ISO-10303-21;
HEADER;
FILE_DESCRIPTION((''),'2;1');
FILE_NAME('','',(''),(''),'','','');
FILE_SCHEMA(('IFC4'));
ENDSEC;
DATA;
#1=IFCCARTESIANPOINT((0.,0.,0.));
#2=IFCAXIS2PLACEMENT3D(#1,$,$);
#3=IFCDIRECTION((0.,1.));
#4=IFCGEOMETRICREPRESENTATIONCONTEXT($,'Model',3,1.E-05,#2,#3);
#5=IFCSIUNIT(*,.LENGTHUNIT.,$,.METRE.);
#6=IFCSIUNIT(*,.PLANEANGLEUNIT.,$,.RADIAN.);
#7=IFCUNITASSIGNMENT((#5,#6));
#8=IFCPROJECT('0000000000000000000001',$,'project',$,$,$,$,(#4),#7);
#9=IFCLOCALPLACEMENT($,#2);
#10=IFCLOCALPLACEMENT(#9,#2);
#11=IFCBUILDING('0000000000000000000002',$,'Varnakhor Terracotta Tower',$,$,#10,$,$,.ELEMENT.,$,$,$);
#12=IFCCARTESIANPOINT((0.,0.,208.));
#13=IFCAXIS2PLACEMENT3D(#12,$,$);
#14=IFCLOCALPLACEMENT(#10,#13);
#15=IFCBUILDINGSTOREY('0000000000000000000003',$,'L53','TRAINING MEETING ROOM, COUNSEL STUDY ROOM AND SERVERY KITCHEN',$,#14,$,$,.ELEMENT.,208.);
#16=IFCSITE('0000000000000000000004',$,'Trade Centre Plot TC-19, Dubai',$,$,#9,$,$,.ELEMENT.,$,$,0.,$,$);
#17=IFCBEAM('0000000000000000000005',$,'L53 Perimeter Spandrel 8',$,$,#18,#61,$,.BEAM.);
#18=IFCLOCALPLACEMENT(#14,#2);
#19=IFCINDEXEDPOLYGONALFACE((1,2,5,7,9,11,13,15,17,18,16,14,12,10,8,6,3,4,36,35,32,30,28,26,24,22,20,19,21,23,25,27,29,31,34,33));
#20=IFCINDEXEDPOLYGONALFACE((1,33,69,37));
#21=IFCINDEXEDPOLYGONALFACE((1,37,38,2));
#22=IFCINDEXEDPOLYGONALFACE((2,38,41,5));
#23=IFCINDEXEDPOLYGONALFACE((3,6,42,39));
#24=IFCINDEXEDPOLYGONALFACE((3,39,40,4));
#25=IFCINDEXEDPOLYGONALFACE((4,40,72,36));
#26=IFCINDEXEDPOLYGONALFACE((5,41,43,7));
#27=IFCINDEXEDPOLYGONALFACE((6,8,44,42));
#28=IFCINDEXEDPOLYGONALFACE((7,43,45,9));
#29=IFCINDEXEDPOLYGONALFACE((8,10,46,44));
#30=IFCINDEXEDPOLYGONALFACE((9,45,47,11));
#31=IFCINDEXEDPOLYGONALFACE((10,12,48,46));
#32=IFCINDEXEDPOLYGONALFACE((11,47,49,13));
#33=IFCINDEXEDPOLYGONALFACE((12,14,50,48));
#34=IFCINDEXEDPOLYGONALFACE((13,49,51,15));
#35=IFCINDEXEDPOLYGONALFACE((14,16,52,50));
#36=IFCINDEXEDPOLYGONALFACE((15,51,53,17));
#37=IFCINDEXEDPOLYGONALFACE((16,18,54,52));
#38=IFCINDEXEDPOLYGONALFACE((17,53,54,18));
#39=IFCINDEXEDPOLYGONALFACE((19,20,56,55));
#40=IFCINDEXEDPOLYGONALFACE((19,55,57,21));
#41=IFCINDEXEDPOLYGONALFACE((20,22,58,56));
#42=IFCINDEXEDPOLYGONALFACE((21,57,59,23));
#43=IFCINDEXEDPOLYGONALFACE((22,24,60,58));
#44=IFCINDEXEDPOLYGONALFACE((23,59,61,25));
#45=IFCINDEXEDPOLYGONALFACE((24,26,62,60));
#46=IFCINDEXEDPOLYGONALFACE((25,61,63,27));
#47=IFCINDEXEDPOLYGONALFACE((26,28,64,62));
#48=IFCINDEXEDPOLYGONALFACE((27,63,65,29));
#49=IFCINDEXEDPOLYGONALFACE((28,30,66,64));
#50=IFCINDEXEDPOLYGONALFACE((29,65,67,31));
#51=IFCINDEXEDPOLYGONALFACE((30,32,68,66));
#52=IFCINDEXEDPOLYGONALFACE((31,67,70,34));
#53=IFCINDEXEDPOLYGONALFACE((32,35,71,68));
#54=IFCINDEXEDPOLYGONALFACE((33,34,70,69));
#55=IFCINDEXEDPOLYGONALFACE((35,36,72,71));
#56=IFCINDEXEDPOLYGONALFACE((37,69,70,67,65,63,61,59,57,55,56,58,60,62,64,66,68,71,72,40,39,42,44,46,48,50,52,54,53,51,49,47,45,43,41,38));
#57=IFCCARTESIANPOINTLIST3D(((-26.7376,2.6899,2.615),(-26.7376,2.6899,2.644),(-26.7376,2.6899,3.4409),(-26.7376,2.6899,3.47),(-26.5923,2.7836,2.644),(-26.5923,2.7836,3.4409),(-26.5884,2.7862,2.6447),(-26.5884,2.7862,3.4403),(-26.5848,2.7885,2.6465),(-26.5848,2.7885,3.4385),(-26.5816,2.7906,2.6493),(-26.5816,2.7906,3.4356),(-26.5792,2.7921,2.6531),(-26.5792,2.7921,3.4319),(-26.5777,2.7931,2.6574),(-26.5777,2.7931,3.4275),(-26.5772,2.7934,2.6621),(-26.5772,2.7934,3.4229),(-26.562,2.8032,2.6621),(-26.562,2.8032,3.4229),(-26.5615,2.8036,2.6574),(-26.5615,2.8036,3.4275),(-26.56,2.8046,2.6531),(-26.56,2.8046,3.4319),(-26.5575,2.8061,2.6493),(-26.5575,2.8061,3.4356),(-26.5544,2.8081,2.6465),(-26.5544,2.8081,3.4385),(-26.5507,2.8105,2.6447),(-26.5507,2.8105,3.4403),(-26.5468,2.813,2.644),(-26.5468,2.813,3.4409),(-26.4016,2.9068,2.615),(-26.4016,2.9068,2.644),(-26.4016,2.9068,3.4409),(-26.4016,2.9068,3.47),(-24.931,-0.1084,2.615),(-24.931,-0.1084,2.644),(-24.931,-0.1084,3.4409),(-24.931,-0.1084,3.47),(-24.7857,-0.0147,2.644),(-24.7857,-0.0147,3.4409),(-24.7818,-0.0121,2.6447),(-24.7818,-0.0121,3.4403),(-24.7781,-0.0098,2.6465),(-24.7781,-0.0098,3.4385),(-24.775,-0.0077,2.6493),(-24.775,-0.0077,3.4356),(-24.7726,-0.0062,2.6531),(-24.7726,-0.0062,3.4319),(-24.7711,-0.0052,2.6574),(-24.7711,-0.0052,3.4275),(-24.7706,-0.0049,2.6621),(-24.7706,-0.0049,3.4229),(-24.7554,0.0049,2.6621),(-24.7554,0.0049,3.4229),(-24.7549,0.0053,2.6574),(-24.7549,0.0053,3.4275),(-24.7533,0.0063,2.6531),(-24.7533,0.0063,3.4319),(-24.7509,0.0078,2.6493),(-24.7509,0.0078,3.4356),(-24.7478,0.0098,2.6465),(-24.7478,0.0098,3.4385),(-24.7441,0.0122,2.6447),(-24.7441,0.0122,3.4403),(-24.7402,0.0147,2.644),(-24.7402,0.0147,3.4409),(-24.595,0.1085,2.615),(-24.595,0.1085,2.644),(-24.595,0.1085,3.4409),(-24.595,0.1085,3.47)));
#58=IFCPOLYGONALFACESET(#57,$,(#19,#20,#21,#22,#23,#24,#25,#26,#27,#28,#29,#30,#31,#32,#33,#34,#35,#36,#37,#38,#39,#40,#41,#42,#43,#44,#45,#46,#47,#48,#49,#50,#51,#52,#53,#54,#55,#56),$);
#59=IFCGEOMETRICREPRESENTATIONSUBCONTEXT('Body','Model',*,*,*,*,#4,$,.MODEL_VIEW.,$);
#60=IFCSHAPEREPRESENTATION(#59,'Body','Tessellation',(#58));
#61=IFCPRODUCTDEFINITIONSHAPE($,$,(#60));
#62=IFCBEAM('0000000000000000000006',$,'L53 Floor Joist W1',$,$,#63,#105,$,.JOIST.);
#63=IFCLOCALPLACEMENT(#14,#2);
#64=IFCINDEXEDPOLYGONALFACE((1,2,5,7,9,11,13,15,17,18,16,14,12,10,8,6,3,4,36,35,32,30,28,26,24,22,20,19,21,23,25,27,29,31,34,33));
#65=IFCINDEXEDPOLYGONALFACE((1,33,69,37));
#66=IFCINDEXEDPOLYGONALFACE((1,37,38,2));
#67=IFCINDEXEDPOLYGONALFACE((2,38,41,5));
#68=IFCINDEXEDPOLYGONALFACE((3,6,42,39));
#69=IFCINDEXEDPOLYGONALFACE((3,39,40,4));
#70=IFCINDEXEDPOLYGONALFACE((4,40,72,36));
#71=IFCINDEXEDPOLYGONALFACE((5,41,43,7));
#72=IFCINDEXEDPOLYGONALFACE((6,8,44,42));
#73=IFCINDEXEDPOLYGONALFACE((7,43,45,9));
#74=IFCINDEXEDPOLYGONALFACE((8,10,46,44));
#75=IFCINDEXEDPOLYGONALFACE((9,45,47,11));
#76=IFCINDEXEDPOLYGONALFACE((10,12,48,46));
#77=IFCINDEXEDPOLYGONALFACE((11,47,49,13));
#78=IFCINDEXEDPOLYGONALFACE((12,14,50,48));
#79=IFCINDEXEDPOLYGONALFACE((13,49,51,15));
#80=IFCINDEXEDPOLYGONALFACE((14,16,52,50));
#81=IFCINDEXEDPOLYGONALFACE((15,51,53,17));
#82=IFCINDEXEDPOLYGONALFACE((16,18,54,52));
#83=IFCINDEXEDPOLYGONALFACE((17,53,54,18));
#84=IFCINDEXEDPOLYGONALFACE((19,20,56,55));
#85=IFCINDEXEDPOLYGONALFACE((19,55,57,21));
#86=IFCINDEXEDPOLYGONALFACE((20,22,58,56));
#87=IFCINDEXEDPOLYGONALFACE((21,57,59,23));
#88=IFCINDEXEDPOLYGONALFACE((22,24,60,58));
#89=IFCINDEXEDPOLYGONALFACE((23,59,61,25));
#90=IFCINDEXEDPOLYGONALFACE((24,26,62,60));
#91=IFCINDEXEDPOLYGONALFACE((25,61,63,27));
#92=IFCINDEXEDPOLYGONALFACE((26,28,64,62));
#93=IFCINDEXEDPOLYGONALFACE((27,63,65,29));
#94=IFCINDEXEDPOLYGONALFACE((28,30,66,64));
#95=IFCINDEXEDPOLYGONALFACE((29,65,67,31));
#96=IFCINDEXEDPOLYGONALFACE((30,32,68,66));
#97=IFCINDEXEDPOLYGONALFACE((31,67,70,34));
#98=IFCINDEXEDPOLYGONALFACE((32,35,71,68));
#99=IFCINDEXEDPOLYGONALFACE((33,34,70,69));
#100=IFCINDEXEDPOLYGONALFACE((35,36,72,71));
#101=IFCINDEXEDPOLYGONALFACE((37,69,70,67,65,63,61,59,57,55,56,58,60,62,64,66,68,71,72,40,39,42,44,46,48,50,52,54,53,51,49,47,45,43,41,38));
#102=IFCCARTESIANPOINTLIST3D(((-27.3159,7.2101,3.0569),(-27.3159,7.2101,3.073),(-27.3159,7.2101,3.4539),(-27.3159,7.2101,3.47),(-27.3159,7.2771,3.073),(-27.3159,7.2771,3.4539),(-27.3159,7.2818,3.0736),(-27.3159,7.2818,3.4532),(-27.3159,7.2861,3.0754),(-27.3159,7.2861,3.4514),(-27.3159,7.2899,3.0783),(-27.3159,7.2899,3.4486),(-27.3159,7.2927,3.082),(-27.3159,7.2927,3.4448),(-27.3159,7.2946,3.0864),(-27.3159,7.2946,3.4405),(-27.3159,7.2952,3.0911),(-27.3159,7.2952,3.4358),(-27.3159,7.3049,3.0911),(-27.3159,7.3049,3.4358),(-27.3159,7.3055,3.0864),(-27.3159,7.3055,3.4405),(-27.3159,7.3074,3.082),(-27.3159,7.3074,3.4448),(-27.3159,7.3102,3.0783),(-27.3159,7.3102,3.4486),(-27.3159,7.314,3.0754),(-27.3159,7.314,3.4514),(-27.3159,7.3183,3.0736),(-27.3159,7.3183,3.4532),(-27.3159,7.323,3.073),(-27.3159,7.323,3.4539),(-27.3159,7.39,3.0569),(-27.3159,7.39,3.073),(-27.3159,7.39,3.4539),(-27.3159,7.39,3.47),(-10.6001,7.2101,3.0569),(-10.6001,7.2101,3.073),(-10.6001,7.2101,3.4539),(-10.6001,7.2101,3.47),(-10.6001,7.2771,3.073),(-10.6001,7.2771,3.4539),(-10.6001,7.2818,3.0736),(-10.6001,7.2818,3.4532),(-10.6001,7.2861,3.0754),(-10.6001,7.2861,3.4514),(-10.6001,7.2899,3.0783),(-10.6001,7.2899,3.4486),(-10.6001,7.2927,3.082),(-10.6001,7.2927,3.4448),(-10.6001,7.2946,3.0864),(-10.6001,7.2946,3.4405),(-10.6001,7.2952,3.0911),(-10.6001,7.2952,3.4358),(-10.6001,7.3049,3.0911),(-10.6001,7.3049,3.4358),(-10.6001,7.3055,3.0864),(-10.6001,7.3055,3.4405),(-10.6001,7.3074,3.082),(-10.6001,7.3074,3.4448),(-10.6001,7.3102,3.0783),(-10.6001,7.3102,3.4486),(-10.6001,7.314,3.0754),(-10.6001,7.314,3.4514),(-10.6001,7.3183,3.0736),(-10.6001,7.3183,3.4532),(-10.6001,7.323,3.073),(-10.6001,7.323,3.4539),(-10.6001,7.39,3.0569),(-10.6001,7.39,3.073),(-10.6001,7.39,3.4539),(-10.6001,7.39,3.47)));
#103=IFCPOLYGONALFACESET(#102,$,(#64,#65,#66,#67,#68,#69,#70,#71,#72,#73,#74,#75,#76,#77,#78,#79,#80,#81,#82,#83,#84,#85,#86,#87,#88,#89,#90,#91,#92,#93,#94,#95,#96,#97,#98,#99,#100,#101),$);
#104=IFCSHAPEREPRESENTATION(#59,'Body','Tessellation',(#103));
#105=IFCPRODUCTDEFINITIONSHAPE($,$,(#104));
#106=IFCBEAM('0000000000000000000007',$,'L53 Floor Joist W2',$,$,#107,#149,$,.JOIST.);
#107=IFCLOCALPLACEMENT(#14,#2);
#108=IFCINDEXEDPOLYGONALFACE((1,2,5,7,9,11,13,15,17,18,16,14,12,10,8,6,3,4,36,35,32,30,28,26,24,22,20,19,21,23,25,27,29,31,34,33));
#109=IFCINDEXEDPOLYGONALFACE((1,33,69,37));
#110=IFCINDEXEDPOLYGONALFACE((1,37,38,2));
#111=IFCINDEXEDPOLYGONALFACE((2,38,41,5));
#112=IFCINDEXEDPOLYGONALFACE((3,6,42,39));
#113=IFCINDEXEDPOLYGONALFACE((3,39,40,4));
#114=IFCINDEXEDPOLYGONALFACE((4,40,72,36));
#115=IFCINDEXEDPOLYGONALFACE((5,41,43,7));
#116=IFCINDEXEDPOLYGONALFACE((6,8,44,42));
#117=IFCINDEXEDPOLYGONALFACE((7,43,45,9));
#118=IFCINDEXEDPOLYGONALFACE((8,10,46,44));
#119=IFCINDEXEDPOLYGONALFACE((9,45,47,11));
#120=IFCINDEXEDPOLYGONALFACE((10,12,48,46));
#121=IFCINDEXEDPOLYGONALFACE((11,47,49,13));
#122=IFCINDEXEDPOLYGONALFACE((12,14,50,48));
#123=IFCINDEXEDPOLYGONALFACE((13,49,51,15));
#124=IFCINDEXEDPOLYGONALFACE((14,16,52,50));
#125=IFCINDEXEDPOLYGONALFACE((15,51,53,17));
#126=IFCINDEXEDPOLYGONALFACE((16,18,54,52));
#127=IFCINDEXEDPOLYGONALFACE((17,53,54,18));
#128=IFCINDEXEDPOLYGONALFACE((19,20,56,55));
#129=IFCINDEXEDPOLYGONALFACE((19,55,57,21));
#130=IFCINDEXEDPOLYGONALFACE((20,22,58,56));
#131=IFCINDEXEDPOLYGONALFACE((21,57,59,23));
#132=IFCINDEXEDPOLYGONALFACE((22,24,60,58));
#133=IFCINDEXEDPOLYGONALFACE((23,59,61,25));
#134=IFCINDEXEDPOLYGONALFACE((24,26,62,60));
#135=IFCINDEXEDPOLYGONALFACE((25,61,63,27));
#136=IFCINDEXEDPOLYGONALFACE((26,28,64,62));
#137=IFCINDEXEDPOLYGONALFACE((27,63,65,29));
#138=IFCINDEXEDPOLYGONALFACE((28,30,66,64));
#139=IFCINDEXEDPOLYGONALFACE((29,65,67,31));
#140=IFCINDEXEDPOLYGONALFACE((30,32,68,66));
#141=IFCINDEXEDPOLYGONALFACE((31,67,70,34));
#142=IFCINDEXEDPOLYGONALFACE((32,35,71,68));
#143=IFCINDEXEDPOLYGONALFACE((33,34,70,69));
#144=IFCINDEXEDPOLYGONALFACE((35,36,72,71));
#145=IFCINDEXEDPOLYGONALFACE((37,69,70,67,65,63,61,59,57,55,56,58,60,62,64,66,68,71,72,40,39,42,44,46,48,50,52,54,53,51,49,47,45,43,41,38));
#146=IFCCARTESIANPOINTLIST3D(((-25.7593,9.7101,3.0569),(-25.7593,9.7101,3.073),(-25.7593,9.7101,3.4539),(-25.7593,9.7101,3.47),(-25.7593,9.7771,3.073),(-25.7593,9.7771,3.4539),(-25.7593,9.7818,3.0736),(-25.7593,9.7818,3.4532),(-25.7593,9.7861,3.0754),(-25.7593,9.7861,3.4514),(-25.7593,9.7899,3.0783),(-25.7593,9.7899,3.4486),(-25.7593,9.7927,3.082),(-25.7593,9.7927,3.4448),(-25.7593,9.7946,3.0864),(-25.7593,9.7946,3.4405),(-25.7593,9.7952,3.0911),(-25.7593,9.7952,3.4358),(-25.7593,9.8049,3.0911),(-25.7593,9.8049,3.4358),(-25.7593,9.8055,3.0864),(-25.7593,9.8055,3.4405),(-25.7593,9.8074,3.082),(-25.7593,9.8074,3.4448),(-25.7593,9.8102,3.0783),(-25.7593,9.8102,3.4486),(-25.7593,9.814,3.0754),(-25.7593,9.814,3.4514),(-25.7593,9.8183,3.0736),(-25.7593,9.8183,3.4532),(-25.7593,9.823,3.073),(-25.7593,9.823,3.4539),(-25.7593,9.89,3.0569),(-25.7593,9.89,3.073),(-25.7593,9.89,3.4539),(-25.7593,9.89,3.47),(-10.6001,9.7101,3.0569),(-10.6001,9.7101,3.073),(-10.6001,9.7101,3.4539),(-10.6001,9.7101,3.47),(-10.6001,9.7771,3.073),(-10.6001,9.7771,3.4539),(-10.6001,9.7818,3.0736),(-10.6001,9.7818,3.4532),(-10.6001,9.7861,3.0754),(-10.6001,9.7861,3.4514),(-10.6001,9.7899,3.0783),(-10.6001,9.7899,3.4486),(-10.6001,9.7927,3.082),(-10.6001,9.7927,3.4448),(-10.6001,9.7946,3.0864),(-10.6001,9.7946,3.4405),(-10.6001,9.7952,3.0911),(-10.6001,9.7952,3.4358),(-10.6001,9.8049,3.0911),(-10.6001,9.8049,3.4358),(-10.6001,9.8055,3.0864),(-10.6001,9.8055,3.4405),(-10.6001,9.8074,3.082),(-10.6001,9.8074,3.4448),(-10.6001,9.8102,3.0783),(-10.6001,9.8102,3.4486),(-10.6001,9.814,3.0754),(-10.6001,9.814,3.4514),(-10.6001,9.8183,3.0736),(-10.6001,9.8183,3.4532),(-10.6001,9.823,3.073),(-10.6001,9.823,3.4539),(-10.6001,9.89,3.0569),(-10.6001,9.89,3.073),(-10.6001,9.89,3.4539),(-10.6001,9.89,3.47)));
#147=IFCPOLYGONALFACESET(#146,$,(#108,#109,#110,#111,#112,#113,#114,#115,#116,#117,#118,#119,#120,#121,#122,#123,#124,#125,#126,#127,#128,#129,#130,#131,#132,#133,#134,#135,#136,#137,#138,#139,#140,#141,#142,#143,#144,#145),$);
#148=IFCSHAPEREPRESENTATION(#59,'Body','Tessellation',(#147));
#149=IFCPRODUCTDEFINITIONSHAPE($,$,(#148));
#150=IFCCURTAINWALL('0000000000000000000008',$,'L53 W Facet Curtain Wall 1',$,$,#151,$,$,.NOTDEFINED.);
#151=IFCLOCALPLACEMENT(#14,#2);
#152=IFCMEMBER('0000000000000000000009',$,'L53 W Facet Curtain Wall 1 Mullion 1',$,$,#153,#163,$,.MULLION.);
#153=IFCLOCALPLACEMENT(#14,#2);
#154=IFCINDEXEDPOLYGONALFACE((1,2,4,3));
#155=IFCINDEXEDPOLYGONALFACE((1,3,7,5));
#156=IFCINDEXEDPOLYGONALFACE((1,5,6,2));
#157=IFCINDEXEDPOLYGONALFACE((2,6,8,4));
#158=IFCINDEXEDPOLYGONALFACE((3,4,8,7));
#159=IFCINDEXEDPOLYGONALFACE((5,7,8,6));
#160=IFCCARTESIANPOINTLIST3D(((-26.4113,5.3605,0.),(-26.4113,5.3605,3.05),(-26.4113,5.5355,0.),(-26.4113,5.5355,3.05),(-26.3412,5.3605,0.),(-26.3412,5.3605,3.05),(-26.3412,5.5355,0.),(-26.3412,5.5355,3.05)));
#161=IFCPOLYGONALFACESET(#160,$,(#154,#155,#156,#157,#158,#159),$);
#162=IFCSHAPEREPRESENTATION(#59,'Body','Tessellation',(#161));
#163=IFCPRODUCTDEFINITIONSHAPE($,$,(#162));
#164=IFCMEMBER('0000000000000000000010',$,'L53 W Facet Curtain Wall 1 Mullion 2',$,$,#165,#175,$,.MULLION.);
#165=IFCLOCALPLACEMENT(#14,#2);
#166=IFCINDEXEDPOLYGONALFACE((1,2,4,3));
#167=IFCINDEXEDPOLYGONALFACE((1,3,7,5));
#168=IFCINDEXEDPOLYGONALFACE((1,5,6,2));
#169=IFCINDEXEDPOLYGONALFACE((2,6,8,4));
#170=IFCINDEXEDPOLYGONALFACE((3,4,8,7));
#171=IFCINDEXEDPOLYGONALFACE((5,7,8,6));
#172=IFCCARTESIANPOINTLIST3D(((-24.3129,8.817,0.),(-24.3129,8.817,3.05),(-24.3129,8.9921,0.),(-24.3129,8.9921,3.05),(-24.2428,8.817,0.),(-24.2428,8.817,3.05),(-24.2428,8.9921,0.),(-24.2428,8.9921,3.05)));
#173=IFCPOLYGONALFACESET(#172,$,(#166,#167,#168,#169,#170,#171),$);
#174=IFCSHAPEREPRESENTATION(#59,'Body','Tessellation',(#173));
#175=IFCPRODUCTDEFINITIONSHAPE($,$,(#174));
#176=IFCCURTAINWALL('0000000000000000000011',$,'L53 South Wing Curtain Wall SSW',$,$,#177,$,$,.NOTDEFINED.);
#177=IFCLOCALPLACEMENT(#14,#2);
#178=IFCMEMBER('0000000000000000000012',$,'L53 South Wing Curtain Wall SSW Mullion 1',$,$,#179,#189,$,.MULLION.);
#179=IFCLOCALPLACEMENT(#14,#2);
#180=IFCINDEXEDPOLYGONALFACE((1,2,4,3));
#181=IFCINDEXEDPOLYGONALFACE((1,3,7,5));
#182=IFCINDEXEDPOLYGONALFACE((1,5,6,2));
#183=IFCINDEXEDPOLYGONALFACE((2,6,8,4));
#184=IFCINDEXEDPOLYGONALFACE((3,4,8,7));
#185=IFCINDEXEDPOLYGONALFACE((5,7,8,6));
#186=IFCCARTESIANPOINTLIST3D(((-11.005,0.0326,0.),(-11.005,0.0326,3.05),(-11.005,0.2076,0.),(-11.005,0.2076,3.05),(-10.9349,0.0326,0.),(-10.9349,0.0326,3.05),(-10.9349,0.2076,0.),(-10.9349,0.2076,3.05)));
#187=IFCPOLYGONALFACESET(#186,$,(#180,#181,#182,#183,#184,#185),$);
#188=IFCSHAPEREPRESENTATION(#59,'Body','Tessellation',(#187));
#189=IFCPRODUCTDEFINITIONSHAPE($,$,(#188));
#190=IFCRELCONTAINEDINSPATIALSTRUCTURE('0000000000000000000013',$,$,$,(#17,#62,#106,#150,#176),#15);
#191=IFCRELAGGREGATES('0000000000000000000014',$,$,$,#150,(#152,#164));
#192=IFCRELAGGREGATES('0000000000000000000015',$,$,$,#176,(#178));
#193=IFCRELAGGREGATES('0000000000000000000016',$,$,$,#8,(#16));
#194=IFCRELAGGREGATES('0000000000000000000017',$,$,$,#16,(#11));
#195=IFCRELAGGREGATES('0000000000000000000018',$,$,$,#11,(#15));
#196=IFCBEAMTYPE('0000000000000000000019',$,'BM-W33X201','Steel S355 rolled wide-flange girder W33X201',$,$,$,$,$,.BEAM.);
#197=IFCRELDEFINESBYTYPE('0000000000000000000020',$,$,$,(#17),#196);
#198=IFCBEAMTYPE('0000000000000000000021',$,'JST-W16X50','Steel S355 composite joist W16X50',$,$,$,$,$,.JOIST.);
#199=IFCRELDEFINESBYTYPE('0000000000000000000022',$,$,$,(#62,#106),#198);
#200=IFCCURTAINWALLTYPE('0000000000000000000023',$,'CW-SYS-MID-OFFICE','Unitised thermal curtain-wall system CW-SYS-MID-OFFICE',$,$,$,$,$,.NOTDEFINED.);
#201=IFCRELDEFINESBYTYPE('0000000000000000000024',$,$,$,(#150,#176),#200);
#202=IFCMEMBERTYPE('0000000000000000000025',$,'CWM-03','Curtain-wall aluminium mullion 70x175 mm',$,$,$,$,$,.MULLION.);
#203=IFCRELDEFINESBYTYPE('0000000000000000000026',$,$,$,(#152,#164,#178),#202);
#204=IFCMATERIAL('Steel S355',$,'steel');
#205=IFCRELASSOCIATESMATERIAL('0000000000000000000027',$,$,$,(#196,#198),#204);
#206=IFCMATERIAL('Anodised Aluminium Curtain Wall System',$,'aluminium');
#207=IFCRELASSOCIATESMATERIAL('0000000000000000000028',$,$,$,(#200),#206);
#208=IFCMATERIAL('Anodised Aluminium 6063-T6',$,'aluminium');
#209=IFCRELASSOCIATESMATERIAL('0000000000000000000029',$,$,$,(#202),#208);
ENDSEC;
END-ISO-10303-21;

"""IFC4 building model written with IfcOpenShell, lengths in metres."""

from ifc_helpers import new_model, si_unit, direction, frame, origin, origin_2d, place, context, subcontext, project, spatial, rectangle, i_section, extrude, source, transform, mapped, material, material_profile, profile_set, type_object, element, aggregate, save


model = new_model("IFC4")

# Units and contexts
model_context = context("Model", 3, precision=1e-05, world=origin(), true_north=direction((0.0, 1.0)))
body_context = subcontext(model_context, "Body", "Model", "MODEL_VIEW")
ifc_project = project(units=[si_unit("LENGTHUNIT", "METRE"), si_unit("PLANEANGLEUNIT", "RADIAN")], contexts=[model_context])

# Site, building, storey
site_placement = place(None, origin())
site = spatial("IfcSite", under=ifc_project, at=site_placement, Name="Trade Centre Plot TC-19, Dubai", CompositionType="ELEMENT", RefElevation=0.0)
building_placement = place(site_placement, origin())
building = spatial("IfcBuilding", under=site, at=building_placement, Name="Varnakhor Terracotta Tower", CompositionType="ELEMENT")
storey_placement = place(building_placement, frame((0.0, 0.0, 208.0)))
storey = spatial("IfcBuildingStorey", under=building, at=storey_placement, Name="L53", Description="TRAINING MEETING ROOM, COUNSEL STUDY ROOM AND SERVERY KITCHEN", CompositionType="ELEMENT", Elevation=208.0)

# Beams
ifc_material_1 = material(Name="Steel S355", Category="steel")
ifc_material_profile_1 = material_profile(ifc_material_1, i_section(OverallWidth=0.3999, OverallDepth=0.855, WebThickness=0.0181, FlangeThickness=0.0291, FilletRadius=0.0181, at=origin_2d()), Name="W33X201")
ifc_profile_set_1 = profile_set([ifc_material_profile_1], Name="Steel S355")
beam_type_1 = type_object("IfcBeamType", Name="BM-W33X201", Description="Steel S355 rolled wide-flange girder W33X201", PredefinedType="BEAM", material=ifc_profile_set_1)
shared_shape_1 = source(origin(), body_context, "Body", "SweptSolid", [
    extrude(i_section(OverallWidth=0.3999, OverallDepth=0.855, WebThickness=0.0181, FlangeThickness=0.0291, FilletRadius=0.0181, at=origin_2d()), origin(), (0.0, 0.0, 1.0), 3.3308),
])
beam_1_placement = place(storey_placement, frame((-26.5696, 2.7983, 3.0425), z_axis=(0.542394, -0.840124, 0.0), x_axis=(0.840124, 0.542394, 0.0)))
element("IfcBeam", 1, at=beam_1_placement, inside=storey, type_object=beam_type_1, Name="L53 Perimeter Spandrel 8", PredefinedType="BEAM", context=body_context, shape_type="MappedRepresentation", body=[
    mapped(shared_shape_1, transform((0.0, 0.0, 0.0), scale=1.0)),
])
ifc_material_profile_2 = material_profile(ifc_material_1, i_section(OverallWidth=0.1799, OverallDepth=0.4131, WebThickness=0.0098, FlangeThickness=0.0161, FilletRadius=0.0181, at=origin_2d()), Name="W16X50")
ifc_profile_set_2 = profile_set([ifc_material_profile_2], Name="Steel S355")
beam_type_2 = type_object("IfcBeamType", Name="JST-W16X50", Description="Steel S355 composite joist W16X50", PredefinedType="JOIST", material=ifc_profile_set_2)
shared_shape_2 = source(origin(), body_context, "Body", "SweptSolid", [
    extrude(i_section(OverallWidth=0.1799, OverallDepth=0.4131, WebThickness=0.0098, FlangeThickness=0.0161, FilletRadius=0.0181, at=origin_2d()), origin(), (0.0, 0.0, 1.0), 16.7158),
])
beam_2_placement = place(storey_placement, frame((-27.3159, 7.3, 3.2634), z_axis=(1.0, 0.0, 0.0), x_axis=(0.0, 1.0, 0.0)))
element("IfcBeam", 2, at=beam_2_placement, inside=storey, type_object=beam_type_2, Name="L53 Floor Joist W1", PredefinedType="JOIST", context=body_context, shape_type="MappedRepresentation", body=[
    mapped(shared_shape_2, transform((0.0, 0.0, 0.0), scale=1.0)),
])
shared_shape_3 = source(origin(), body_context, "Body", "SweptSolid", [
    extrude(i_section(OverallWidth=0.1799, OverallDepth=0.4131, WebThickness=0.0098, FlangeThickness=0.0161, FilletRadius=0.0181, at=origin_2d()), origin(), (0.0, 0.0, 1.0), 15.1592),
])
beam_3_placement = place(storey_placement, frame((-25.7593, 9.8, 3.2634), z_axis=(1.0, 0.0, 0.0), x_axis=(0.0, 1.0, 0.0)))
element("IfcBeam", 3, at=beam_3_placement, inside=storey, type_object=beam_type_2, Name="L53 Floor Joist W2", PredefinedType="JOIST", context=body_context, shape_type="MappedRepresentation", body=[
    mapped(shared_shape_3, transform((0.0, 0.0, 0.0), scale=1.0)),
])

# Curtain walls, members
ifc_material_2 = material(Name="Anodised Aluminium Curtain Wall System", Category="aluminium")
curtain_wall_type = type_object("IfcCurtainWallType", Name="CW-SYS-MID-OFFICE", Description="Unitised thermal curtain-wall system CW-SYS-MID-OFFICE", PredefinedType="NOTDEFINED", material=ifc_material_2)
curtain_wall_1_placement = place(storey_placement, origin())
curtain_wall_1 = element("IfcCurtainWall", 4, at=curtain_wall_1_placement, inside=storey, type_object=curtain_wall_type, Name="L53 W Facet Curtain Wall 1", PredefinedType="NOTDEFINED")
ifc_material_3 = material(Name="Anodised Aluminium 6063-T6", Category="aluminium")
ifc_material_profile_3 = material_profile(ifc_material_3, rectangle(XDim=0.0701, YDim=0.175, at=origin_2d()), Name="ALU MULLION 70x175")
ifc_profile_set_3 = profile_set([ifc_material_profile_3], Name="Anodised Aluminium 6063-T6")
member_type_1 = type_object("IfcMemberType", Name="CWM-03", Description="Curtain-wall aluminium mullion 70x175 mm", PredefinedType="MULLION", material=ifc_profile_set_3)
shared_shape_4 = source(origin(), body_context, "Body", "SweptSolid", [
    extrude(rectangle(XDim=0.0701, YDim=0.175, at=origin_2d()), origin(), (0.0, 0.0, 1.0), 3.05),
])
member_1_placement = place(storey_placement, frame((-26.3762, 5.448, 0.0), z_axis=(0.0, 0.0, 1.0), x_axis=(1.0, 0.0, 0.0)))
member_1 = element("IfcMember", 5, at=member_1_placement, type_object=member_type_1, Name="L53 W Facet Curtain Wall 1 Mullion 1", PredefinedType="MULLION", context=body_context, shape_type="MappedRepresentation", body=[
    mapped(shared_shape_4, transform((0.0, 0.0, 0.0), scale=1.0)),
])
member_2_placement = place(storey_placement, frame((-24.2778, 8.9045, 0.0), z_axis=(0.0, 0.0, 1.0), x_axis=(1.0, 0.0, 0.0)))
member_2 = element("IfcMember", 6, at=member_2_placement, type_object=member_type_1, Name="L53 W Facet Curtain Wall 1 Mullion 2", PredefinedType="MULLION", context=body_context, shape_type="MappedRepresentation", body=[
    mapped(shared_shape_4, transform((0.0, 0.0, 0.0), scale=1.0)),
])
curtain_wall_2_placement = place(storey_placement, origin())
curtain_wall_2 = element("IfcCurtainWall", 7, at=curtain_wall_2_placement, inside=storey, type_object=curtain_wall_type, Name="L53 South Wing Curtain Wall SSW", PredefinedType="NOTDEFINED")
member_3_placement = place(storey_placement, frame((-10.97, 0.1201, 0.0), z_axis=(0.0, 0.0, 1.0), x_axis=(1.0, 0.0, 0.0)))
member_3 = element("IfcMember", 8, at=member_3_placement, type_object=member_type_1, Name="L53 South Wing Curtain Wall SSW Mullion 1", PredefinedType="MULLION", context=body_context, shape_type="MappedRepresentation", body=[
    mapped(shared_shape_4, transform((0.0, 0.0, 0.0), scale=1.0)),
])

aggregate(curtain_wall_1, [member_1, member_2])
aggregate(curtain_wall_2, [member_3])

save(model, "model.ifc")
